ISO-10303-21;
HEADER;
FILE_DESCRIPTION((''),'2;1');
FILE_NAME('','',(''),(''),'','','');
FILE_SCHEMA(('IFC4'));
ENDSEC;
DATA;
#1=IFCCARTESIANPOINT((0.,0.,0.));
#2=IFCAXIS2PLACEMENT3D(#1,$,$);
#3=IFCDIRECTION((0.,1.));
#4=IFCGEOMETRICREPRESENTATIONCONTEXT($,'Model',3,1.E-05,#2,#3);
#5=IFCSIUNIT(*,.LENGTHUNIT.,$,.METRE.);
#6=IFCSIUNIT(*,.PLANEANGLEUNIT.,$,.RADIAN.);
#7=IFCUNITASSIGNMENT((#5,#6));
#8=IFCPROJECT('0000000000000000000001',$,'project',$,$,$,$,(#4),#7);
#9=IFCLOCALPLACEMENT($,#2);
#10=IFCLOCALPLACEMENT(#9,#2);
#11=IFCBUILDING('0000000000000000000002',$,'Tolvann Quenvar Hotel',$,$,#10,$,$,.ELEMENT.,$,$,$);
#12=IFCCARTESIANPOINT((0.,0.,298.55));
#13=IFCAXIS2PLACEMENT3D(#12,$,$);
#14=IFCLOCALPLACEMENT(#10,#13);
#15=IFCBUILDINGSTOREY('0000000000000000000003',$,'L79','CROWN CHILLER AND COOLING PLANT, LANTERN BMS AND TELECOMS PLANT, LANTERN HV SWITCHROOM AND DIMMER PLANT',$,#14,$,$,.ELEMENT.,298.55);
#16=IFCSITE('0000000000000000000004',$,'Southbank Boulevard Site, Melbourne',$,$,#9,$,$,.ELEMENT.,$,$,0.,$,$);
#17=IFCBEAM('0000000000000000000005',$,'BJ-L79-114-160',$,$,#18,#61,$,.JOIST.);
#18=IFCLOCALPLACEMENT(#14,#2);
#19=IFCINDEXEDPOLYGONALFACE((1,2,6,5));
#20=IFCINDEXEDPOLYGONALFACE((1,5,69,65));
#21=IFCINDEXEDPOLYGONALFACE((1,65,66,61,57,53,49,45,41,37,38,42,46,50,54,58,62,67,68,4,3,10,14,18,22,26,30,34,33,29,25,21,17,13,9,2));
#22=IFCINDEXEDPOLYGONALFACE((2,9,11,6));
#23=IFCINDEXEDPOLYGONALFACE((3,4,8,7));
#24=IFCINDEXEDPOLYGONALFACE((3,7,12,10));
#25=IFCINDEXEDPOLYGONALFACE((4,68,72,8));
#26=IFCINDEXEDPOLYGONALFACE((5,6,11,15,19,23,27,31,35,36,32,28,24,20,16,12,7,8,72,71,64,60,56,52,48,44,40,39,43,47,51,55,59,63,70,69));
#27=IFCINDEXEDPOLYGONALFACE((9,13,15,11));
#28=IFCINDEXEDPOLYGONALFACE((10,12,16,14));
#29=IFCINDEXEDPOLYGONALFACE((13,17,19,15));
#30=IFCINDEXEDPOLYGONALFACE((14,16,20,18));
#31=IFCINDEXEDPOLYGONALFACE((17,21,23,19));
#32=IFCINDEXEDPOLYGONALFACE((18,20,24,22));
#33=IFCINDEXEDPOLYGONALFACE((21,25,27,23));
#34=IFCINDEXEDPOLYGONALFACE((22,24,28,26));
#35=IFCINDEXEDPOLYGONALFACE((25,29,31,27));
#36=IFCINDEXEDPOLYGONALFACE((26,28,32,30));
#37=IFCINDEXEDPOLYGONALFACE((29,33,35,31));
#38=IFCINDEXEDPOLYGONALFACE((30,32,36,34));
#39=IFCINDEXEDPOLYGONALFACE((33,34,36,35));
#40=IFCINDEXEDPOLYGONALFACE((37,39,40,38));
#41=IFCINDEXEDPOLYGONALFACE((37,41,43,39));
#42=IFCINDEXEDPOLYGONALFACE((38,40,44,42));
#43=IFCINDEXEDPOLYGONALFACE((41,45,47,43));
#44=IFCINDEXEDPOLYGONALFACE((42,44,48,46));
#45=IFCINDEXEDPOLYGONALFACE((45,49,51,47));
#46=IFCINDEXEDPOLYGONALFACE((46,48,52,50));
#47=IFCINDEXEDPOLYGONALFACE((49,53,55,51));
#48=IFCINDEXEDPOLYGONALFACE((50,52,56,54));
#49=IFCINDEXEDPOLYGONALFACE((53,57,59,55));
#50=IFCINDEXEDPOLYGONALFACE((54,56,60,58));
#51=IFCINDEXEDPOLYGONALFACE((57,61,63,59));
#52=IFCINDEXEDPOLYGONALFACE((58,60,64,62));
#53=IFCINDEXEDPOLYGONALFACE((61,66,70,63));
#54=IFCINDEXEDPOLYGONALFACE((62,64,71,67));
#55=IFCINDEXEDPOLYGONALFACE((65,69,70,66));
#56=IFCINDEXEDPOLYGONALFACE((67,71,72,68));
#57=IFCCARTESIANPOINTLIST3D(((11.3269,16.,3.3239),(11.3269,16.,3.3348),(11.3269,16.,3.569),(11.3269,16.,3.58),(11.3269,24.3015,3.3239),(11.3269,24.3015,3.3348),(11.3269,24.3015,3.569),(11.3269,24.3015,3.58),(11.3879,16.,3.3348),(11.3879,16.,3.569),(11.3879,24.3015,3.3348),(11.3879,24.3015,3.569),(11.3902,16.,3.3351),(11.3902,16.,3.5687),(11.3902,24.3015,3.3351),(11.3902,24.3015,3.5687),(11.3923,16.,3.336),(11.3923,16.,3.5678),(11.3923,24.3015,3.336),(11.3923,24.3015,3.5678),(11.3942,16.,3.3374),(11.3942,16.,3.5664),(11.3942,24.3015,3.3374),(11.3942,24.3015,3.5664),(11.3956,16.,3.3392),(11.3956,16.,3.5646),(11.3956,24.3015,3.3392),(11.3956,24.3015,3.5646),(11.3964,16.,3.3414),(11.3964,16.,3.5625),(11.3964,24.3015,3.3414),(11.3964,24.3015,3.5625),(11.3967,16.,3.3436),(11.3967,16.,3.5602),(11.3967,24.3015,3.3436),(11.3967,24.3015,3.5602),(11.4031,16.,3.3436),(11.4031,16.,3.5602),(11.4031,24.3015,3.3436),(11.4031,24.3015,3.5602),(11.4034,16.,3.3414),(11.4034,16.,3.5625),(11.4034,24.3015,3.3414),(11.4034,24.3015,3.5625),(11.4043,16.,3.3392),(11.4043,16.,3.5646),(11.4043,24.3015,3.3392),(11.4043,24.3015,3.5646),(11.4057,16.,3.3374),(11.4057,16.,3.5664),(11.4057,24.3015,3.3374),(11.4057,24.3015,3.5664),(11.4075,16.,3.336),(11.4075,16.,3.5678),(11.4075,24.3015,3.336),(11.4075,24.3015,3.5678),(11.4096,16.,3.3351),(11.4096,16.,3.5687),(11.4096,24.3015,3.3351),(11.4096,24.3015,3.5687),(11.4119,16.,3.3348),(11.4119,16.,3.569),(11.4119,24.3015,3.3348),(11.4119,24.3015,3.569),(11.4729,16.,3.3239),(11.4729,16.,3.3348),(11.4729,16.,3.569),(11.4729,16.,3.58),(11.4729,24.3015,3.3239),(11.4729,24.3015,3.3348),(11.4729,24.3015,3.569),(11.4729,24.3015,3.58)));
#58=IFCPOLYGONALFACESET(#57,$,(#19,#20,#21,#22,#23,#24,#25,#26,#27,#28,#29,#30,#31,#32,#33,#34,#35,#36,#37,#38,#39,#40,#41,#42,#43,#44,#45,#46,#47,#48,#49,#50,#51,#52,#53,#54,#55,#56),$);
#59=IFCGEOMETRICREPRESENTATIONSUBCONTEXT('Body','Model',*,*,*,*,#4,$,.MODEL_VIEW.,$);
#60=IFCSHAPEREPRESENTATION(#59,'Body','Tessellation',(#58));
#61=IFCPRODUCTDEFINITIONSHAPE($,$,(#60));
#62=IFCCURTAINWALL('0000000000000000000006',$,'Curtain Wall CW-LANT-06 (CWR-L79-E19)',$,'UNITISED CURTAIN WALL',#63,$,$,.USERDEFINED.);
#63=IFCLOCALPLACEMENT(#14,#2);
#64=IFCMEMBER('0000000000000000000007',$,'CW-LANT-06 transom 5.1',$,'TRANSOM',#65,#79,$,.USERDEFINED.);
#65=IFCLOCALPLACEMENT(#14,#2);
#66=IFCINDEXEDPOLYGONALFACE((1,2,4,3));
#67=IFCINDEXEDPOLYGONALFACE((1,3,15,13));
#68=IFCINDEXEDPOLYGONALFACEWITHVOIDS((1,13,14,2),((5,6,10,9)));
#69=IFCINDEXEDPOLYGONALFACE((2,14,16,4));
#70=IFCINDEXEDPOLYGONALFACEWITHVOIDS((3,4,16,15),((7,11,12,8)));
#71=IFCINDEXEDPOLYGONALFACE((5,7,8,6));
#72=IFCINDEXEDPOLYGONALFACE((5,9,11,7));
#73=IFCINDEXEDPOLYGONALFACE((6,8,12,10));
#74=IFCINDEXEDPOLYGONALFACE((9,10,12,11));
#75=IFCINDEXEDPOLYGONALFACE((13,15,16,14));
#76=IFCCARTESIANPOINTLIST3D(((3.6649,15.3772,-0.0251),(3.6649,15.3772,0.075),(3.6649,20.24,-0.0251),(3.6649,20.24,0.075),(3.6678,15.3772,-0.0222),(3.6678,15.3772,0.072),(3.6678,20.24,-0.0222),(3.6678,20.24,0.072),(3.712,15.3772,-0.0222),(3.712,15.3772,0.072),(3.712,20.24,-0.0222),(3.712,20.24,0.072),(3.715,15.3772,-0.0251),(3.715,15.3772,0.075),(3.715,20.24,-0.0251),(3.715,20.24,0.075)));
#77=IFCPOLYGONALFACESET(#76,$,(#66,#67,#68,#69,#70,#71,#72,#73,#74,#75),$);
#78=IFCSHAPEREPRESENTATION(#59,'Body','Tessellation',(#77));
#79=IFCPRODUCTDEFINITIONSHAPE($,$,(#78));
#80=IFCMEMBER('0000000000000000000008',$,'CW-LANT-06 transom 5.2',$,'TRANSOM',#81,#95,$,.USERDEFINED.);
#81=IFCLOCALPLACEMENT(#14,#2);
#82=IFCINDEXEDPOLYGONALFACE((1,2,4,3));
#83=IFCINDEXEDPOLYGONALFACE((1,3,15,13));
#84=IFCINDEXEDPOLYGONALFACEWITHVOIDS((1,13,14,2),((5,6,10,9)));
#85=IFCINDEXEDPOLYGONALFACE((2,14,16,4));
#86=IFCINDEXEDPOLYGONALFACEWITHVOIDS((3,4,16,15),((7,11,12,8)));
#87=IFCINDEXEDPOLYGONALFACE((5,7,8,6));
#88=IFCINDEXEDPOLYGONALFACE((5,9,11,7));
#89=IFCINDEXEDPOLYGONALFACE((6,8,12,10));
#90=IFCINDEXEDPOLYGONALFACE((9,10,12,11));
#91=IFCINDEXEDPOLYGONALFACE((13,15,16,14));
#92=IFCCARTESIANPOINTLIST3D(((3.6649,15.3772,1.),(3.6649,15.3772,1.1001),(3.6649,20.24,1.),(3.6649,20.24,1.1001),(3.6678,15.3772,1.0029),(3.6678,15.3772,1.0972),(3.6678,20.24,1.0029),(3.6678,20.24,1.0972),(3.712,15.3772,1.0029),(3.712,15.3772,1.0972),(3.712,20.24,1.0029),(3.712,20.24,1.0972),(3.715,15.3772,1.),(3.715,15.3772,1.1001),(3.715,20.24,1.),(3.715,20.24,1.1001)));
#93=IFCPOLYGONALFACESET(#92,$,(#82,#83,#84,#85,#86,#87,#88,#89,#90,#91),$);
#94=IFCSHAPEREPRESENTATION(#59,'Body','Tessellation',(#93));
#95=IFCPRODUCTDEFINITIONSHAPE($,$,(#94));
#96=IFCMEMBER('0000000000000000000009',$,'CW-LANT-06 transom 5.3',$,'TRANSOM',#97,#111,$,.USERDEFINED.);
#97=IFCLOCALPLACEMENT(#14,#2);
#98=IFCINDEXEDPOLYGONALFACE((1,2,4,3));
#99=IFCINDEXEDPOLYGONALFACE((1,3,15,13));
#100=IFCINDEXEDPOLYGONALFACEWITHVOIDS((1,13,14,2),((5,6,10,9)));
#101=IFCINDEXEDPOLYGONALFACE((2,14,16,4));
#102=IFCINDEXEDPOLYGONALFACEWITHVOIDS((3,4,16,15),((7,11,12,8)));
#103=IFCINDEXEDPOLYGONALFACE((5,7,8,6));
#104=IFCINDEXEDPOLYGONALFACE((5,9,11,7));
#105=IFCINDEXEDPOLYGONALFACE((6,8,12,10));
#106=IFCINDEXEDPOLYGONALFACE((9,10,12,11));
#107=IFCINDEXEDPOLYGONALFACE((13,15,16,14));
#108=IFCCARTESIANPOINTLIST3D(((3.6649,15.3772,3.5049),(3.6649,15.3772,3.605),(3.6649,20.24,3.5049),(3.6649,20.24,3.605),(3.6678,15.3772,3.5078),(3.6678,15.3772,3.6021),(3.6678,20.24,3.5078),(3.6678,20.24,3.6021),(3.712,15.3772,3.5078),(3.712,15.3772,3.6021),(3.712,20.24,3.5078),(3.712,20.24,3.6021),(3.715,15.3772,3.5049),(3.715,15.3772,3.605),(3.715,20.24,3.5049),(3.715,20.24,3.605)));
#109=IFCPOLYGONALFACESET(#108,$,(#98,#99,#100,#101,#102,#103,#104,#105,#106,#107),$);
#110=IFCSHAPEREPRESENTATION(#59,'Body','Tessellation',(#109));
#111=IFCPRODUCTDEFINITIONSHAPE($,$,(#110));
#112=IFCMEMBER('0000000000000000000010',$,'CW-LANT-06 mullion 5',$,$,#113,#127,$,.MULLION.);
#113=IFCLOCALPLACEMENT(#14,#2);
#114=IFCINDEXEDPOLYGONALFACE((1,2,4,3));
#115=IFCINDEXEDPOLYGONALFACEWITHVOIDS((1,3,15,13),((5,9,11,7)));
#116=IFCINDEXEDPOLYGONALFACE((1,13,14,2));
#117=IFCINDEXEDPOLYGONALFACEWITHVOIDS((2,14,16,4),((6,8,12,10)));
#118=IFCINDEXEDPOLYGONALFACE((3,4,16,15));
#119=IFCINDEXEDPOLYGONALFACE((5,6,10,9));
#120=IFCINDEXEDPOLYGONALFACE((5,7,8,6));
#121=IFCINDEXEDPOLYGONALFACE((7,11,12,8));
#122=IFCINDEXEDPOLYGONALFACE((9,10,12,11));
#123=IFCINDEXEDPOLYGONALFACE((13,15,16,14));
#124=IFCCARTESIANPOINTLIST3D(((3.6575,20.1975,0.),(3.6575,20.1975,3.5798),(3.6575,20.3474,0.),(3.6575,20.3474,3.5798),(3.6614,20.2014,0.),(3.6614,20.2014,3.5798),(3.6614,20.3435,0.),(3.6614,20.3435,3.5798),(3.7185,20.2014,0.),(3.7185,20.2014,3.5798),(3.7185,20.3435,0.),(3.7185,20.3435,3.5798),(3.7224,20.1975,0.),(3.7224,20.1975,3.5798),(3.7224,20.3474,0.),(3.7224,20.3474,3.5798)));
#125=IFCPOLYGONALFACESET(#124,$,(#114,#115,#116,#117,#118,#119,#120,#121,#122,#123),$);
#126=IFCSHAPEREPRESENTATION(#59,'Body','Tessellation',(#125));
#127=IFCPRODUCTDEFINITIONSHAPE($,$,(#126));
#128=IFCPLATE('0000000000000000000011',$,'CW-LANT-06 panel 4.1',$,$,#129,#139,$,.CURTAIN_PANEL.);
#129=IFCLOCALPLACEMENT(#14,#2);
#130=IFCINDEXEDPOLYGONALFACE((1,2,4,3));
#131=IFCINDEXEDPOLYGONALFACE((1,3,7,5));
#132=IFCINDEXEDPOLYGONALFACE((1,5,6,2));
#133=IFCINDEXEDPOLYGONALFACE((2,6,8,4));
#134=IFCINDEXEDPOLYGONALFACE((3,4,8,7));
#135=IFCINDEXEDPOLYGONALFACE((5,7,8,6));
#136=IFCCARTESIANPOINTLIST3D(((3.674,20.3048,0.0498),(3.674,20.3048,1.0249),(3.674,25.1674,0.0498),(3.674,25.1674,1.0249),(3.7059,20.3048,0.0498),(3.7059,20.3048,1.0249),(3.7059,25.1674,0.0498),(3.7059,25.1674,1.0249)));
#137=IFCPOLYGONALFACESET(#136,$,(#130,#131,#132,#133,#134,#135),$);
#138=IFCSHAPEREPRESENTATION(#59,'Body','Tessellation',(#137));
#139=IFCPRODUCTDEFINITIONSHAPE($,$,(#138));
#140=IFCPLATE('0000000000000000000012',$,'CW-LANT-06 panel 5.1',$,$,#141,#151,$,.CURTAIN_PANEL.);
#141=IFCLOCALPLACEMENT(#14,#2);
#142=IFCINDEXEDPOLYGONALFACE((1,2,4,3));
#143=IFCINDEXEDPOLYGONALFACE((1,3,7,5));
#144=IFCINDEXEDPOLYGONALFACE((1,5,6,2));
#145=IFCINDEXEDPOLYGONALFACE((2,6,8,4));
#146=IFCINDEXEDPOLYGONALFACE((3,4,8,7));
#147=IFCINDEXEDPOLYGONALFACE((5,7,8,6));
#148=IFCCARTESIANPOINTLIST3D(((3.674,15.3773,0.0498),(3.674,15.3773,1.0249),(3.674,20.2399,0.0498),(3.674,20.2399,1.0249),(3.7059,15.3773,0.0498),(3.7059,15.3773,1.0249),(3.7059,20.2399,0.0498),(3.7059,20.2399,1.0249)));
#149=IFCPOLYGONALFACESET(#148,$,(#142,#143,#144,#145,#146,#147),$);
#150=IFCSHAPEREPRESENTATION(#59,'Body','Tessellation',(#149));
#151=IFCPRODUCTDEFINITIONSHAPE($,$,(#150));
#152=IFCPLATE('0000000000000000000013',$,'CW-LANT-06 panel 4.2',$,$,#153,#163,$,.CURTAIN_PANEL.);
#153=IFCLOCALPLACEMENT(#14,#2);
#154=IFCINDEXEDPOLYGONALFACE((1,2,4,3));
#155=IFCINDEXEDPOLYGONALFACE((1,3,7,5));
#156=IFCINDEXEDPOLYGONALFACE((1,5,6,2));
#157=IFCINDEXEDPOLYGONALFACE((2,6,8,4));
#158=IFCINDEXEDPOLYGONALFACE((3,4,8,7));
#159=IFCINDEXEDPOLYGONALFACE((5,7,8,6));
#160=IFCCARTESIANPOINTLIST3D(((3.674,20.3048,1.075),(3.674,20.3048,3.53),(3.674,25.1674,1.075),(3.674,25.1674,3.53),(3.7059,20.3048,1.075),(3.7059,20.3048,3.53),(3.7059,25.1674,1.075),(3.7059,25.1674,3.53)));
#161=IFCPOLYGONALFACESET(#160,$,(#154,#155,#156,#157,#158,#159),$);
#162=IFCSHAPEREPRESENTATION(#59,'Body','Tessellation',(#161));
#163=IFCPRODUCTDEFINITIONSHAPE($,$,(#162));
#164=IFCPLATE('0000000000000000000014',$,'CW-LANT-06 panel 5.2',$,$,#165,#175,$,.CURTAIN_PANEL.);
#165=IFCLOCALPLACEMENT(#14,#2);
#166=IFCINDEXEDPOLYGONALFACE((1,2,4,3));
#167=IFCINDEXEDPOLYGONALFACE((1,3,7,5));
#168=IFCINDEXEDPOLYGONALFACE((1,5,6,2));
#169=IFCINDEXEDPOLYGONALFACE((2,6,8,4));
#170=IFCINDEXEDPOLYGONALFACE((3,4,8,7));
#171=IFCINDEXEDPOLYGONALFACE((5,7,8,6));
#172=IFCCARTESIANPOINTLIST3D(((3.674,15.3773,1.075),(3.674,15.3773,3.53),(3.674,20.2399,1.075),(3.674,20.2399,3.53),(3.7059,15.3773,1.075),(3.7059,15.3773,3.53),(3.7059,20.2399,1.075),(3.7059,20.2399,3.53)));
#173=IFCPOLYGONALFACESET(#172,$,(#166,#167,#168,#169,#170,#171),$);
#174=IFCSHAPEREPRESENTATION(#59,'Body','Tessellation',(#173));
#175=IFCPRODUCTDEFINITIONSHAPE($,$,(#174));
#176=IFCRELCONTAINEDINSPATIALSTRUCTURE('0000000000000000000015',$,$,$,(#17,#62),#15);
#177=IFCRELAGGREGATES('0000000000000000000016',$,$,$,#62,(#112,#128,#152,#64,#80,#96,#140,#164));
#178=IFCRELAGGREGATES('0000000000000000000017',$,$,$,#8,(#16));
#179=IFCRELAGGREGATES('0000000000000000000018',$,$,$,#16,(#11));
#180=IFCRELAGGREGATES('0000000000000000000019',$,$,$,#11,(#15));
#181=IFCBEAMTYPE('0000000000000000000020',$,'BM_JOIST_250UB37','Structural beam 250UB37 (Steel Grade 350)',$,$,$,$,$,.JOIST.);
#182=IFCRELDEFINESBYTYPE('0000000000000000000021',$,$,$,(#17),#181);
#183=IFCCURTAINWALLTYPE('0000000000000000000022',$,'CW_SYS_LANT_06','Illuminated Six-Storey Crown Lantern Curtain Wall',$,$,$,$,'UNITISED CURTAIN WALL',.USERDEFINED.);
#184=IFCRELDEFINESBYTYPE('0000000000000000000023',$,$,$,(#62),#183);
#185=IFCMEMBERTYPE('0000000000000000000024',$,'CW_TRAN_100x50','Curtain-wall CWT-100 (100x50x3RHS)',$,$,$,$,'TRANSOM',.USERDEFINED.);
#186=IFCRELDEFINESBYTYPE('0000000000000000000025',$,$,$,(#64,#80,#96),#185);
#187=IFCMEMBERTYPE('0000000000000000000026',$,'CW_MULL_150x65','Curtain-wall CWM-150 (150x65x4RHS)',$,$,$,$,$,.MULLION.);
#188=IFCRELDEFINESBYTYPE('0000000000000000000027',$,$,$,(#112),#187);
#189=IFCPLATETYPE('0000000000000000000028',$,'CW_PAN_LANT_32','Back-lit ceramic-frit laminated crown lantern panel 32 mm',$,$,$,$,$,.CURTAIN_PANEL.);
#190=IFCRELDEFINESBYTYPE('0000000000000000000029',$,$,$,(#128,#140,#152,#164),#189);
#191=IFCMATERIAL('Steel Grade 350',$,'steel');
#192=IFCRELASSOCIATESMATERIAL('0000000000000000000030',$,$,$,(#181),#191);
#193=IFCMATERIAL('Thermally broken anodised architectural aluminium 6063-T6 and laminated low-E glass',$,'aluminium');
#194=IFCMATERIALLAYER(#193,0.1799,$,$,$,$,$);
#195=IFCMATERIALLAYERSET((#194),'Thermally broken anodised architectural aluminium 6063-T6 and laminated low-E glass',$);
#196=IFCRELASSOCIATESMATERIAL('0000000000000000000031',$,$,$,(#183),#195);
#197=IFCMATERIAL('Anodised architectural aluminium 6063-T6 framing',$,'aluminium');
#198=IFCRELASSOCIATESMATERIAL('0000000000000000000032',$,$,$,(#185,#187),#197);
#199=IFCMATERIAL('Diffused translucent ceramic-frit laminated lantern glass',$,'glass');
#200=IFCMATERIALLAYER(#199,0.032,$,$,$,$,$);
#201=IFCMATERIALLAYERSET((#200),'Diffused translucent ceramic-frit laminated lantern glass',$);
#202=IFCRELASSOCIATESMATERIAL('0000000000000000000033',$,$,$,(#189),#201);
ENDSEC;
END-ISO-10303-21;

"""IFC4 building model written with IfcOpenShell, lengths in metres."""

from ifc_helpers import new_model, si_unit, direction, frame, origin, origin_2d, place, context, subcontext, project, spatial, rectangle, hollow_rectangle, i_section, extrude, source, transform, mapped, material, layer, layer_set, material_profile, profile_set, type_object, type_shapes, element, aggregate, save


model = new_model("IFC4")

# Units and contexts
model_context = context("Model", 3, precision=1e-05, world=origin(), true_north=direction((0.0, 1.0)))
body_context = subcontext(model_context, "Body", "Model", "MODEL_VIEW")
ifc_project = project(units=[si_unit("LENGTHUNIT", "METRE"), si_unit("PLANEANGLEUNIT", "RADIAN")], contexts=[model_context])

# Site, building, storey
site_placement = place(None, origin())
site = spatial("IfcSite", under=ifc_project, at=site_placement, Name="Southbank Boulevard Site, Melbourne", CompositionType="ELEMENT", RefElevation=0.0)
building_placement = place(site_placement, origin())
building = spatial("IfcBuilding", under=site, at=building_placement, Name="Tolvann Quenvar Hotel", CompositionType="ELEMENT")
storey_placement = place(building_placement, frame((0.0, 0.0, 298.55)))
storey = spatial("IfcBuildingStorey", under=building, at=storey_placement, Name="L79", Description="CROWN CHILLER AND COOLING PLANT, LANTERN BMS AND TELECOMS PLANT, LANTERN HV SWITCHROOM AND DIMMER PLANT", CompositionType="ELEMENT", Elevation=298.55)

# Shared definitions
ifc_material_1 = material(Name="Steel Grade 350", Category="steel")

# Beam
ifc_material_profile_1 = material_profile(ifc_material_1, i_section(OverallWidth=0.146, OverallDepth=0.2561, WebThickness=0.0063, FlangeThickness=0.011, FilletRadius=0.0088, at=origin_2d()), Name="250UB37")
ifc_profile_set_1 = profile_set([ifc_material_profile_1], Name="Steel Grade 350")
beam_type_1 = type_object("IfcBeamType", Name="BM_JOIST_250UB37", Description="Structural beam 250UB37 (Steel Grade 350)", PredefinedType="JOIST", material=ifc_profile_set_1)
shared_shape_1 = source(origin(), body_context, "Body", "SweptSolid", [
    extrude(i_section(OverallWidth=0.146, OverallDepth=0.2561, WebThickness=0.0063, FlangeThickness=0.011, FilletRadius=0.0088, at=origin_2d()), origin(), (0.0, 0.0, 1.0), 8.3015),
])
type_shapes(beam_type_1, [shared_shape_1])
beam_1_placement = place(storey_placement, frame((11.3999, 16.0, 3.4519), z_axis=(0.0, 1.0, 0.0), x_axis=(-1.0, 0.0, 0.0)))
element("IfcBeam", 1, at=beam_1_placement, inside=storey, type_object=beam_type_1, Name="BJ-L79-114-160", PredefinedType="JOIST", context=body_context, shape_type="MappedRepresentation", body=[
    mapped(shared_shape_1, transform((0.0, 0.0, 0.0), x_axis=(1.0, 0.0, 0.0), y_axis=(0.0, 1.0, 0.0), z_axis=(0.0, 0.0, 1.0), scale=1.0)),
])

# Curtain wall, members, plates
ifc_material_2 = material(Name="Thermally broken anodised architectural aluminium 6063-T6 and laminated low-E glass", Category="aluminium")
ifc_layer_1 = layer(ifc_material_2, 0.1799)
ifc_layer_set_1 = layer_set([ifc_layer_1], Name="Thermally broken anodised architectural aluminium 6063-T6 and laminated low-E glass")
curtain_wall_type = type_object("IfcCurtainWallType", Name="CW_SYS_LANT_06", Description="Illuminated Six-Storey Crown Lantern Curtain Wall", ElementType="UNITISED CURTAIN WALL", PredefinedType="USERDEFINED", material=ifc_layer_set_1)
curtain_wall_placement = place(storey_placement, origin())
curtain_wall = element("IfcCurtainWall", 2, at=curtain_wall_placement, inside=storey, type_object=curtain_wall_type, Name="Curtain Wall CW-LANT-06 (CWR-L79-E19)", ObjectType="UNITISED CURTAIN WALL", PredefinedType="USERDEFINED")
ifc_material_3 = material(Name="Anodised architectural aluminium 6063-T6 framing", Category="aluminium")
ifc_material_profile_2 = material_profile(ifc_material_3, hollow_rectangle(XDim=0.05, YDim=0.1001, WallThickness=0.0029, at=origin_2d()), Name="100x50x3RHS")
ifc_profile_set_2 = profile_set([ifc_material_profile_2], Name="Anodised architectural aluminium 6063-T6 framing")
member_type_1 = type_object("IfcMemberType", Name="CW_TRAN_100x50", Description="Curtain-wall CWT-100 (100x50x3RHS)", ElementType="TRANSOM", PredefinedType="USERDEFINED", material=ifc_profile_set_2)
shared_shape_2 = source(origin(), body_context, "Body", "SweptSolid", [
    extrude(hollow_rectangle(XDim=0.05, YDim=0.1001, WallThickness=0.0029, at=origin_2d()), origin(), (0.0, 0.0, 1.0), 4.8628),
])
type_shapes(member_type_1, [shared_shape_2])
member_1_placement = place(storey_placement, frame((3.6899, 20.24, 0.0249), z_axis=(0.0, -1.0, 0.0), x_axis=(1.0, 0.0, 0.0)))
member_1 = element("IfcMember", 3, at=member_1_placement, type_object=member_type_1, Name="CW-LANT-06 transom 5.1", ObjectType="TRANSOM", PredefinedType="USERDEFINED", context=body_context, shape_type="MappedRepresentation", body=[
    mapped(shared_shape_2, transform((0.0, 0.0, 0.0), x_axis=(1.0, 0.0, 0.0), y_axis=(0.0, 1.0, 0.0), z_axis=(0.0, 0.0, 1.0), scale=1.0)),
])
member_2_placement = place(storey_placement, frame((3.6899, 20.24, 1.05), z_axis=(0.0, -1.0, 0.0), x_axis=(1.0, 0.0, 0.0)))
member_2 = element("IfcMember", 4, at=member_2_placement, type_object=member_type_1, Name="CW-LANT-06 transom 5.2", ObjectType="TRANSOM", PredefinedType="USERDEFINED", context=body_context, shape_type="MappedRepresentation", body=[
    mapped(shared_shape_2, transform((0.0, 0.0, 0.0), x_axis=(1.0, 0.0, 0.0), y_axis=(0.0, 1.0, 0.0), z_axis=(0.0, 0.0, 1.0), scale=1.0)),
])
member_3_placement = place(storey_placement, frame((3.6899, 20.24, 3.5549), z_axis=(0.0, -1.0, 0.0), x_axis=(1.0, 0.0, 0.0)))
member_3 = element("IfcMember", 5, at=member_3_placement, type_object=member_type_1, Name="CW-LANT-06 transom 5.3", ObjectType="TRANSOM", PredefinedType="USERDEFINED", context=body_context, shape_type="MappedRepresentation", body=[
    mapped(shared_shape_2, transform((0.0, 0.0, 0.0), x_axis=(1.0, 0.0, 0.0), y_axis=(0.0, 1.0, 0.0), z_axis=(0.0, 0.0, 1.0), scale=1.0)),
])
ifc_material_profile_3 = material_profile(ifc_material_3, hollow_rectangle(XDim=0.0649, YDim=0.1499, WallThickness=0.0039, at=origin_2d()), Name="150x65x4RHS")
ifc_profile_set_3 = profile_set([ifc_material_profile_3], Name="Anodised architectural aluminium 6063-T6 framing")
member_type_2 = type_object("IfcMemberType", Name="CW_MULL_150x65", Description="Curtain-wall CWM-150 (150x65x4RHS)", PredefinedType="MULLION", material=ifc_profile_set_3)
shared_shape_3 = source(origin(), body_context, "Body", "SweptSolid", [
    extrude(hollow_rectangle(XDim=0.0649, YDim=0.1499, WallThickness=0.0039, at=origin_2d()), origin(), (0.0, 0.0, 1.0), 3.5798),
])
type_shapes(member_type_2, [shared_shape_3])
member_4_placement = place(storey_placement, frame((3.6899, 20.2725, 0.0), z_axis=(0.0, 0.0, 1.0), x_axis=(1.0, 0.0, 0.0)))
member_4 = element("IfcMember", 6, at=member_4_placement, type_object=member_type_2, Name="CW-LANT-06 mullion 5", PredefinedType="MULLION", context=body_context, shape_type="MappedRepresentation", body=[
    mapped(shared_shape_3, transform((0.0, 0.0, 0.0), x_axis=(1.0, 0.0, 0.0), y_axis=(0.0, 1.0, 0.0), z_axis=(0.0, 0.0, 1.0), scale=1.0)),
])
ifc_material_4 = material(Name="Diffused translucent ceramic-frit laminated lantern glass", Category="glass")
ifc_layer_2 = layer(ifc_material_4, 0.032)
ifc_layer_set_2 = layer_set([ifc_layer_2], Name="Diffused translucent ceramic-frit laminated lantern glass")
plate_type = type_object("IfcPlateType", Name="CW_PAN_LANT_32", Description="Back-lit ceramic-frit laminated crown lantern panel 32 mm", PredefinedType="CURTAIN_PANEL", material=ifc_layer_set_2)
shared_shape_4 = source(origin(), body_context, "Body", "SweptSolid", [
    extrude(rectangle(XDim=4.8625, YDim=0.032, at=origin_2d()), origin(), (0.0, 0.0, 1.0), 0.9751),
])
plate_1_placement = place(storey_placement, frame((3.6899, 22.7361, 0.0498), z_axis=(0.0, 0.0, 1.0), x_axis=(0.0, -1.0, 0.0)))
plate_1 = element("IfcPlate", 7, at=plate_1_placement, type_object=plate_type, Name="CW-LANT-06 panel 4.1", PredefinedType="CURTAIN_PANEL", context=body_context, shape_type="MappedRepresentation", body=[
    mapped(shared_shape_4, transform((0.0, 0.0, 0.0), x_axis=(1.0, 0.0, 0.0), y_axis=(0.0, 1.0, 0.0), z_axis=(0.0, 0.0, 1.0), scale=1.0)),
])
plate_2_placement = place(storey_placement, frame((3.6899, 17.8086, 0.0498), z_axis=(0.0, 0.0, 1.0), x_axis=(0.0, -1.0, 0.0)))
plate_2 = element("IfcPlate", 8, at=plate_2_placement, type_object=plate_type, Name="CW-LANT-06 panel 5.1", PredefinedType="CURTAIN_PANEL", context=body_context, shape_type="MappedRepresentation", body=[
    mapped(shared_shape_4, transform((0.0, 0.0, 0.0), x_axis=(1.0, 0.0, 0.0), y_axis=(0.0, 1.0, 0.0), z_axis=(0.0, 0.0, 1.0), scale=1.0)),
])
shared_shape_5 = source(origin(), body_context, "Body", "SweptSolid", [
    extrude(rectangle(XDim=4.8625, YDim=0.032, at=origin_2d()), origin(), (0.0, 0.0, 1.0), 2.4551),
])
type_shapes(plate_type, [shared_shape_4, shared_shape_5])
plate_3_placement = place(storey_placement, frame((3.6899, 22.7361, 1.075), z_axis=(0.0, 0.0, 1.0), x_axis=(0.0, -1.0, 0.0)))
plate_3 = element("IfcPlate", 9, at=plate_3_placement, type_object=plate_type, Name="CW-LANT-06 panel 4.2", PredefinedType="CURTAIN_PANEL", context=body_context, shape_type="MappedRepresentation", body=[
    mapped(shared_shape_5, transform((0.0, 0.0, 0.0), x_axis=(1.0, 0.0, 0.0), y_axis=(0.0, 1.0, 0.0), z_axis=(0.0, 0.0, 1.0), scale=1.0)),
])
plate_4_placement = place(storey_placement, frame((3.6899, 17.8086, 1.075), z_axis=(0.0, 0.0, 1.0), x_axis=(0.0, -1.0, 0.0)))
plate_4 = element("IfcPlate", 10, at=plate_4_placement, type_object=plate_type, Name="CW-LANT-06 panel 5.2", PredefinedType="CURTAIN_PANEL", context=body_context, shape_type="MappedRepresentation", body=[
    mapped(shared_shape_5, transform((0.0, 0.0, 0.0), x_axis=(1.0, 0.0, 0.0), y_axis=(0.0, 1.0, 0.0), z_axis=(0.0, 0.0, 1.0), scale=1.0)),
])
aggregate(curtain_wall, [member_4, plate_1, plate_3, member_1, member_2, member_3, plate_2, plate_4])

save(model, "model.ifc")
